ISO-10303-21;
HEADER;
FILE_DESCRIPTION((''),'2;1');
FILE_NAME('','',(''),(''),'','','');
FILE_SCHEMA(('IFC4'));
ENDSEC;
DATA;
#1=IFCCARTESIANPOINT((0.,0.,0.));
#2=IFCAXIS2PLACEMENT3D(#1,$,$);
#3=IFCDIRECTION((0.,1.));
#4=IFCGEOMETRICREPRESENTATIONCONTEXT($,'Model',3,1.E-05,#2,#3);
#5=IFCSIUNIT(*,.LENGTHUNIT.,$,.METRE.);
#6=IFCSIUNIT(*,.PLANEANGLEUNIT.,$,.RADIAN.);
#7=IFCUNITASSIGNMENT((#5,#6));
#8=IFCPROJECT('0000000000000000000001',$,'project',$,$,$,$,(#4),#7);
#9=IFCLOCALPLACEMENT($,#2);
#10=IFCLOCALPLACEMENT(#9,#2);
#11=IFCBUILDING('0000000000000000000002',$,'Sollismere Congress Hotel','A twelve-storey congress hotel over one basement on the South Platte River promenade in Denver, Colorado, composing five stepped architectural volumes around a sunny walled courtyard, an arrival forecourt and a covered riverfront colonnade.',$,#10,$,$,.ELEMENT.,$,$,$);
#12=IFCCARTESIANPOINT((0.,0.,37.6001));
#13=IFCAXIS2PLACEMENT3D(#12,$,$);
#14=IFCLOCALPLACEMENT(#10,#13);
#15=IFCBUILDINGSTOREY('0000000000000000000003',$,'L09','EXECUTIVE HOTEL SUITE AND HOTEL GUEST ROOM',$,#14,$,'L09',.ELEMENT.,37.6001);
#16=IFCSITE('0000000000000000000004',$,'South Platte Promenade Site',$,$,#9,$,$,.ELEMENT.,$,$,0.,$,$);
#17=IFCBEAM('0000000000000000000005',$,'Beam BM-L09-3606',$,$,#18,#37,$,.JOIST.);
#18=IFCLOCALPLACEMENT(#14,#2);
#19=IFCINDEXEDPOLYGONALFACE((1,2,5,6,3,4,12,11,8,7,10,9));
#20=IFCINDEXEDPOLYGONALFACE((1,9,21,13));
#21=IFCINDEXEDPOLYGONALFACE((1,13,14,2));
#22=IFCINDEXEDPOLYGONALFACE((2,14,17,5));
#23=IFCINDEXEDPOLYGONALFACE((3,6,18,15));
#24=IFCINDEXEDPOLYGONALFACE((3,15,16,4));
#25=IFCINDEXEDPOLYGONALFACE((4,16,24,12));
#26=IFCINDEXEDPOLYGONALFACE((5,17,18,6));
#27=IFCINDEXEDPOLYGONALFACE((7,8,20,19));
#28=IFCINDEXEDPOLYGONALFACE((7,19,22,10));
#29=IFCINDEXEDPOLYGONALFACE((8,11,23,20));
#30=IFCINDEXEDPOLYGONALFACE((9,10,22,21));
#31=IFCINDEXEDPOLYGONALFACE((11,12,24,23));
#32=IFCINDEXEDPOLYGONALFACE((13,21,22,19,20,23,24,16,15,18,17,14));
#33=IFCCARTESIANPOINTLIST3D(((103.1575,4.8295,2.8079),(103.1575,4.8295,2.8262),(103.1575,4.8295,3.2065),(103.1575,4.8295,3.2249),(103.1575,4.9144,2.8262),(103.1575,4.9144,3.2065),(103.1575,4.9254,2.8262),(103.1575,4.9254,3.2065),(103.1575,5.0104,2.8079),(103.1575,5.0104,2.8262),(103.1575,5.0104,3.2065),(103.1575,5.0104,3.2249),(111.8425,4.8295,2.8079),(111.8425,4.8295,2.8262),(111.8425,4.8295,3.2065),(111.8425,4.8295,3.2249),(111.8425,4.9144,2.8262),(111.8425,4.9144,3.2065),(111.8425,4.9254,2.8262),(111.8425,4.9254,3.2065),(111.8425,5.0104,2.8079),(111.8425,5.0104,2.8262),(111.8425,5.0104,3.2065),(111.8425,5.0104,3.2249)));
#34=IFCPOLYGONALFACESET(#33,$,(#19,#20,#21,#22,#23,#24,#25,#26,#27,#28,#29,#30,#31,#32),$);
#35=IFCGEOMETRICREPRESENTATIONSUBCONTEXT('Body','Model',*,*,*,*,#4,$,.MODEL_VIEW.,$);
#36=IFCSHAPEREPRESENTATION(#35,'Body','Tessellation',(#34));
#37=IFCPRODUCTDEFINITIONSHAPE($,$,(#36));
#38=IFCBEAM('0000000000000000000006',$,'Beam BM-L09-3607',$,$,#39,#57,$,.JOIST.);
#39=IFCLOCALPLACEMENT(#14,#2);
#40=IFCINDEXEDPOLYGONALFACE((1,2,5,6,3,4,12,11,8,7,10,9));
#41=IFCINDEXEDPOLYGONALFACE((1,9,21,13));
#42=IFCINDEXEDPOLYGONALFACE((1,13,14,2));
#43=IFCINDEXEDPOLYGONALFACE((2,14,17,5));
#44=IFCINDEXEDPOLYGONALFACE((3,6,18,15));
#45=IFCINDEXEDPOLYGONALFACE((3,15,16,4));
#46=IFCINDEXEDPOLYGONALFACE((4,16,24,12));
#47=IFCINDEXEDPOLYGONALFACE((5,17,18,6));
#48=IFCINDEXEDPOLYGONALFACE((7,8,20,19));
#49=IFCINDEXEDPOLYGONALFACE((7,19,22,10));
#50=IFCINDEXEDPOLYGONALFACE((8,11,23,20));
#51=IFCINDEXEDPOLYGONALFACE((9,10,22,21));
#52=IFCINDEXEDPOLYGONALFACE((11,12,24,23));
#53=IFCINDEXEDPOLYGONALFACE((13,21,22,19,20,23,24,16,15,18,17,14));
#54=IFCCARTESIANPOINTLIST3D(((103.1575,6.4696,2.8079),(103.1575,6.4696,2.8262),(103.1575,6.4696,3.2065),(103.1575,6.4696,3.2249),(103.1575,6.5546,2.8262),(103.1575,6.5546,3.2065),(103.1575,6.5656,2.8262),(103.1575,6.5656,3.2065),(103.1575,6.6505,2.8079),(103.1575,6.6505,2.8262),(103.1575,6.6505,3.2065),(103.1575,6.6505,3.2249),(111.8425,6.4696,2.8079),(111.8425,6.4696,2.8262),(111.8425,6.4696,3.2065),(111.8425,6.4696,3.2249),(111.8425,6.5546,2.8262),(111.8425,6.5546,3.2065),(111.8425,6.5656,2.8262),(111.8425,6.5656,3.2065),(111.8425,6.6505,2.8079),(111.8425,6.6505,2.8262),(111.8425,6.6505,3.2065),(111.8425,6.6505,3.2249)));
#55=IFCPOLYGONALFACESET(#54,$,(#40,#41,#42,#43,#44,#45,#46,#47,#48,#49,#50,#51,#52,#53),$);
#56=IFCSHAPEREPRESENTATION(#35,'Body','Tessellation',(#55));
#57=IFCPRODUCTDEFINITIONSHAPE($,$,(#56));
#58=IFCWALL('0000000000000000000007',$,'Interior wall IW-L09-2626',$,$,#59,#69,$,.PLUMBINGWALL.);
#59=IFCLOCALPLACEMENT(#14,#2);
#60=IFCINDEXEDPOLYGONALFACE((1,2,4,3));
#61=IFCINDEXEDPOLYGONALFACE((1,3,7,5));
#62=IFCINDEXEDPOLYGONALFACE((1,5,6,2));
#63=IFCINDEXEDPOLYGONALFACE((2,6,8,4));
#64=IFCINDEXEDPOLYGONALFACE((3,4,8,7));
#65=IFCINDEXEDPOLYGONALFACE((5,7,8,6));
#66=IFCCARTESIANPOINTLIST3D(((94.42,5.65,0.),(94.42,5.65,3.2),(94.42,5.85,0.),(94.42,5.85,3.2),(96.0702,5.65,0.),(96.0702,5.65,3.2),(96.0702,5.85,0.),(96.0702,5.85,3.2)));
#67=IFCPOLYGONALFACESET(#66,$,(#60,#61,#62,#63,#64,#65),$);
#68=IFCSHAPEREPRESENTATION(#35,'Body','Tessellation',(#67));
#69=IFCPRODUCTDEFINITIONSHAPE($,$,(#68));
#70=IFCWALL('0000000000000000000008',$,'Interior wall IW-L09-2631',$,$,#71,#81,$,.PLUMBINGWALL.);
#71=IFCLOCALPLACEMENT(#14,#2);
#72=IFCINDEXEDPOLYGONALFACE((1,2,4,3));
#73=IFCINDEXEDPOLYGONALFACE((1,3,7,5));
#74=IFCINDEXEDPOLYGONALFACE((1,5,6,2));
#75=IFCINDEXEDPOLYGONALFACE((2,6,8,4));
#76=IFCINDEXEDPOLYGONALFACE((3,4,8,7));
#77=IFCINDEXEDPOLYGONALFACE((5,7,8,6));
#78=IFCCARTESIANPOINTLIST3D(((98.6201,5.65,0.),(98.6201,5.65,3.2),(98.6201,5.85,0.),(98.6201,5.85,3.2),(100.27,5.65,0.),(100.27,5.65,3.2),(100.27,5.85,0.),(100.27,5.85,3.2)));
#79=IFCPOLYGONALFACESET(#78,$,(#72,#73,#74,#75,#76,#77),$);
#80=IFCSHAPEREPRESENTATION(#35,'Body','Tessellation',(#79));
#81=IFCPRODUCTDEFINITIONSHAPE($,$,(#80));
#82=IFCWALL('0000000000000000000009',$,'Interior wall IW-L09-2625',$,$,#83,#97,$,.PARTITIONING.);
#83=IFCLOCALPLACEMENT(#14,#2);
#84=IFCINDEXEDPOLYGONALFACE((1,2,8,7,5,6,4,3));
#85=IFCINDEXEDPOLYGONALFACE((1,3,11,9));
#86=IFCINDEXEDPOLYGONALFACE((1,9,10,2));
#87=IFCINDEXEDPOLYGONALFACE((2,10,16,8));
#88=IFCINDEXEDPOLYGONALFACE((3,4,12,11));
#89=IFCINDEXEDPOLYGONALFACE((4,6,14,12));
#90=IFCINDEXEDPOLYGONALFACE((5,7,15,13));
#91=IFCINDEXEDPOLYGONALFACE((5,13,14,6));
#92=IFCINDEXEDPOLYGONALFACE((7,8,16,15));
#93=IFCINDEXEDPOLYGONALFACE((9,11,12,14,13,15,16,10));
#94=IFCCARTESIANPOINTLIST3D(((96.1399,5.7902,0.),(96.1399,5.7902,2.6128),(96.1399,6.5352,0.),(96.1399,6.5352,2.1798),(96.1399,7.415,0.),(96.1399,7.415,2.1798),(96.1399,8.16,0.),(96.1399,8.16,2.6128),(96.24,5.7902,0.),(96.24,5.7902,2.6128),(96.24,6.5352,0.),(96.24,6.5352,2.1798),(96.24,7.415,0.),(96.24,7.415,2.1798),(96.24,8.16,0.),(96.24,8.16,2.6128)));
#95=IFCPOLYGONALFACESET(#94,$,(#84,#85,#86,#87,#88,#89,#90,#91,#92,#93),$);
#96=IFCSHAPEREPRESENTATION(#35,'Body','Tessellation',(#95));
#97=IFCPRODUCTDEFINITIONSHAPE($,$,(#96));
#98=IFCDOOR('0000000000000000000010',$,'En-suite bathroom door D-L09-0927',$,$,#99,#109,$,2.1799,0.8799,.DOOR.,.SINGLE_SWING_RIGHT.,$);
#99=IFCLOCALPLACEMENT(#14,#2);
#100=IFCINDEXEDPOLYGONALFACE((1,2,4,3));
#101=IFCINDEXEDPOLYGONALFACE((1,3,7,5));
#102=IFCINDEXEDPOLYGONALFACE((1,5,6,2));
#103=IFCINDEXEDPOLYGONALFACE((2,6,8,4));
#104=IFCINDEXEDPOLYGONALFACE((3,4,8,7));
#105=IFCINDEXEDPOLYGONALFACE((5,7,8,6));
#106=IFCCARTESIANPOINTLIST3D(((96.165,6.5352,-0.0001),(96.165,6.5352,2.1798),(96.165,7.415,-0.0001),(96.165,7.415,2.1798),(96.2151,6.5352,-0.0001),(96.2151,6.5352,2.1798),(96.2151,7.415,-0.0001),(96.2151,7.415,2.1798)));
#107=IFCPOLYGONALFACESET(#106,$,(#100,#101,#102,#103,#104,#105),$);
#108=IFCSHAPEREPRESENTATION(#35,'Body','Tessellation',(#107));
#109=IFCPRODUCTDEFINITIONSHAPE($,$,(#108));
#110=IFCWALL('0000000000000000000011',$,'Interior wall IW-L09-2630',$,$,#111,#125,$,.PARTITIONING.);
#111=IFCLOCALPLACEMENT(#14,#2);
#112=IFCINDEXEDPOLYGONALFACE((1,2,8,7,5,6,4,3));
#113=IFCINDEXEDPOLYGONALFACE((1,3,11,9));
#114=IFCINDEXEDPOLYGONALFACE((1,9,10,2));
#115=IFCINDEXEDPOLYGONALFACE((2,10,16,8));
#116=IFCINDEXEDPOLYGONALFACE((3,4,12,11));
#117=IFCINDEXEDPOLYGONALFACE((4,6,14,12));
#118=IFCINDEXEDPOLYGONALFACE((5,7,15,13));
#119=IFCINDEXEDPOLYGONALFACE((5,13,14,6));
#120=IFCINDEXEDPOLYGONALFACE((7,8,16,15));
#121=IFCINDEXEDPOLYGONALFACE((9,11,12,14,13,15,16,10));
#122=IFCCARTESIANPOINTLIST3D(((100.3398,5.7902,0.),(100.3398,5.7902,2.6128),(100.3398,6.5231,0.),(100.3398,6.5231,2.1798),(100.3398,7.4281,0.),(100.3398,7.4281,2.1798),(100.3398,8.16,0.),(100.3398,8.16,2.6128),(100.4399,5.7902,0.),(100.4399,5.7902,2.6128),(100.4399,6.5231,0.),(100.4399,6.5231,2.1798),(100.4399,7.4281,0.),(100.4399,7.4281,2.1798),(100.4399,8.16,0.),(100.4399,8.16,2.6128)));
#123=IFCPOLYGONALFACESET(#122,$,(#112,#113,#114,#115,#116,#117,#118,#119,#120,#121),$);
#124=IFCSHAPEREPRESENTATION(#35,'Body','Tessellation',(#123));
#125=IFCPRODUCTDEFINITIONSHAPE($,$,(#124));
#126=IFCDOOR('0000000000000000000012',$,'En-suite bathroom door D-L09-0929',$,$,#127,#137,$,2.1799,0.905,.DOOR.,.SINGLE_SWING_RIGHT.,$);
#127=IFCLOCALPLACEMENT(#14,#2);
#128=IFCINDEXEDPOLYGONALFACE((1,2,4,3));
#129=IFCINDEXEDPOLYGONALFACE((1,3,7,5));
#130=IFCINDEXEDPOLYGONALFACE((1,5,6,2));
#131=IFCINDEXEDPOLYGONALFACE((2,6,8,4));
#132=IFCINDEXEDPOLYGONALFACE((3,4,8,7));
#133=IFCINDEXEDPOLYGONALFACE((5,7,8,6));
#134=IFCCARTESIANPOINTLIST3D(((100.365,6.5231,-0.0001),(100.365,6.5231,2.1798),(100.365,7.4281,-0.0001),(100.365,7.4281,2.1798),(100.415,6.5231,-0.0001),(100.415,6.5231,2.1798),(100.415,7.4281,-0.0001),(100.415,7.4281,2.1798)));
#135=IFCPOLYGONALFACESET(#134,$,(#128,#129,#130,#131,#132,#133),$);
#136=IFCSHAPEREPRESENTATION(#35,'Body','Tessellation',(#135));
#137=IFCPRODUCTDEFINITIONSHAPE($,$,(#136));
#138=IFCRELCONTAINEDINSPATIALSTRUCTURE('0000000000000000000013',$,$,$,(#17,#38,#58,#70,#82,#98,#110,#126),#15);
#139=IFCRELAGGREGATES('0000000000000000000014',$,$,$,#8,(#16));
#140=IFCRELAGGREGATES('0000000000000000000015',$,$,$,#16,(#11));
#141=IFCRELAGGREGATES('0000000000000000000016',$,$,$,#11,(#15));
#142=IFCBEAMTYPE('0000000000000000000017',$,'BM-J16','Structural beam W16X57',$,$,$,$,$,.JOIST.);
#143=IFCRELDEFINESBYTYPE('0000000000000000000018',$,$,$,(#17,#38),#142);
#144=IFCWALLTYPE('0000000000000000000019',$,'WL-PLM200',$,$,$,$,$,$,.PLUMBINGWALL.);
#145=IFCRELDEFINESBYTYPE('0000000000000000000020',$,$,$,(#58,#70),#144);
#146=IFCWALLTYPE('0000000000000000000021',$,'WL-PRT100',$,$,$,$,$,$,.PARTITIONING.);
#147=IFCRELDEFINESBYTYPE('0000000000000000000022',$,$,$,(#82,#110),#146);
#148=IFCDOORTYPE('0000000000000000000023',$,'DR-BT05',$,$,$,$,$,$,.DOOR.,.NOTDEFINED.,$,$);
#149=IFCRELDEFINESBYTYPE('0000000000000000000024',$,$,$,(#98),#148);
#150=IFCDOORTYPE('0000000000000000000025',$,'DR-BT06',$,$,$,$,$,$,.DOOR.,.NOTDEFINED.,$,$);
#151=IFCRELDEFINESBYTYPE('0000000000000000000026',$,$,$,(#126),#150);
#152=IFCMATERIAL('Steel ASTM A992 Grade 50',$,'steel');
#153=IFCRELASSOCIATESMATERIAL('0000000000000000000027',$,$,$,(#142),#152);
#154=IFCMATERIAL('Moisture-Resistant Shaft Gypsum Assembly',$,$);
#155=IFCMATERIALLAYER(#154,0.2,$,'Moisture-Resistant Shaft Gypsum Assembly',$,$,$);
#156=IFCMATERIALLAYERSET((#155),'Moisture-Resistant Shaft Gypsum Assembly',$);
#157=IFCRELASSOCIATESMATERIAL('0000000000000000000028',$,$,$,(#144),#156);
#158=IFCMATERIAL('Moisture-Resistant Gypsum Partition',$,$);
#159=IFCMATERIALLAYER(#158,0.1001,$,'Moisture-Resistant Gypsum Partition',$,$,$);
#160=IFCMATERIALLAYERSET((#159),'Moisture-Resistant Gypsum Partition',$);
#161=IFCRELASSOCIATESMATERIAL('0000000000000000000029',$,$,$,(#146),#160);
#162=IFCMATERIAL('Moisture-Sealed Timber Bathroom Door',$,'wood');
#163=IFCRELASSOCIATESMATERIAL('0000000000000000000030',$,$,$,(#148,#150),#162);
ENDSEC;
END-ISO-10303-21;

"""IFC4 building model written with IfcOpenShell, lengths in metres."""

from ifc_helpers import new_model, si_unit, direction, frame, frame_2d, origin, origin_2d, place, context, subcontext, project, spatial, rectangle, i_section, extrude, material, layer, layer_set, material_profile, profile_set, type_object, element, fill, save


model = new_model("IFC4")

# Units and contexts
model_context = context("Model", 3, precision=1e-05, world=origin(), true_north=direction((0.0, 1.0)))
body_context = subcontext(model_context, "Body", "Model", "MODEL_VIEW")
ifc_project = project(units=[si_unit("LENGTHUNIT", "METRE"), si_unit("PLANEANGLEUNIT", "RADIAN")], contexts=[model_context])

# Site, building, storey
site_placement = place(None, origin())
site = spatial("IfcSite", under=ifc_project, at=site_placement, Name="South Platte Promenade Site", CompositionType="ELEMENT", RefElevation=0.0)
building_placement = place(site_placement, origin())
building = spatial("IfcBuilding", under=site, at=building_placement, Name="Sollismere Congress Hotel", Description="A twelve-storey congress hotel over one basement on the South Platte River promenade in Denver, Colorado, composing five stepped architectural volumes around a sunny walled courtyard, an arrival forecourt and a covered riverfront colonnade.", CompositionType="ELEMENT")
storey_placement = place(building_placement, frame((0.0, 0.0, 37.6001)))
storey = spatial("IfcBuildingStorey", under=building, at=storey_placement, Name="L09", Description="EXECUTIVE HOTEL SUITE AND HOTEL GUEST ROOM", LongName="L09", CompositionType="ELEMENT", Elevation=37.6001)

# Shared definitions
ifc_material_1 = material(Name="Steel ASTM A992 Grade 50", Category="steel")

# Beams
ifc_material_profile_1 = material_profile(ifc_material_1, i_section(OverallWidth=0.1809, OverallDepth=0.417, WebThickness=0.011, FlangeThickness=0.0183, at=origin_2d()), Name="W16X57")
ifc_profile_set_1 = profile_set([ifc_material_profile_1], Name="Steel ASTM A992 Grade 50")
beam_type_1 = type_object("IfcBeamType", Name="BM-J16", Description="Structural beam W16X57", PredefinedType="JOIST", material=ifc_profile_set_1)
for number, where, z_axis, x_axis, name in (
    (1, (103.1575, 4.9199, 3.0164), (1.0, 0.0, 0.0), (0.0, 1.0, 0.0), "Beam BM-L09-3606"),
    (2, (103.1575, 6.5601, 3.0164), (1.0, 0.0, 0.0), (0.0, 1.0, 0.0), "Beam BM-L09-3607"),
):
    element("IfcBeam", number, at=place(storey_placement, frame(where, z_axis=z_axis, x_axis=x_axis)), inside=storey, type_object=beam_type_1, Name=name, PredefinedType="JOIST", context=body_context, shape_type="SweptSolid", body=[
        extrude(i_section(OverallWidth=0.1809, OverallDepth=0.417, WebThickness=0.011, FlangeThickness=0.0183, at=origin_2d()), origin(), (0.0, 0.0, 1.0), 8.6851),
    ])

# Walls
ifc_material_2 = material(Name="Moisture-Resistant Shaft Gypsum Assembly")
ifc_layer_1 = layer(ifc_material_2, 0.2, Name="Moisture-Resistant Shaft Gypsum Assembly")
ifc_layer_set_1 = layer_set([ifc_layer_1], Name="Moisture-Resistant Shaft Gypsum Assembly")
wall_type_1 = type_object("IfcWallType", Name="WL-PLM200", PredefinedType="PLUMBINGWALL", material=ifc_layer_set_1)
wall_1_placement = place(storey_placement, frame((94.4199, 5.75, 0.0), z_axis=(0.0, 0.0, 1.0), x_axis=(1.0, 0.0, 0.0)))
element("IfcWall", 3, at=wall_1_placement, inside=storey, type_object=wall_type_1, Name="Interior wall IW-L09-2626", PredefinedType="PLUMBINGWALL", context=body_context, shape_type="SweptSolid", body=[
    extrude(rectangle(XDim=1.6501, YDim=0.2, at=frame_2d((0.8252, 0.0))), origin(), (0.0, 0.0, 1.0), 3.2),
])
wall_2_placement = place(storey_placement, frame((98.6201, 5.75, 0.0), z_axis=(0.0, 0.0, 1.0), x_axis=(1.0, 0.0, 0.0)))
element("IfcWall", 4, at=wall_2_placement, inside=storey, type_object=wall_type_1, Name="Interior wall IW-L09-2631", PredefinedType="PLUMBINGWALL", context=body_context, shape_type="SweptSolid", body=[
    extrude(rectangle(XDim=1.6499, YDim=0.2, at=frame_2d((0.825, 0.0))), origin(), (0.0, 0.0, 1.0), 3.2),
])

# Walls, openings, doors
ifc_material_3 = material(Name="Moisture-Resistant Gypsum Partition")
ifc_layer_2 = layer(ifc_material_3, 0.1001, Name="Moisture-Resistant Gypsum Partition")
ifc_layer_set_2 = layer_set([ifc_layer_2], Name="Moisture-Resistant Gypsum Partition")
wall_type_2 = type_object("IfcWallType", Name="WL-PRT100", PredefinedType="PARTITIONING", material=ifc_layer_set_2)
wall_3_placement = place(storey_placement, frame((96.1899, 5.79, 0.0), z_axis=(0.0, 0.0, 1.0), x_axis=(0.0, 1.0, 0.0)))
wall_3 = element("IfcWall", 5, at=wall_3_placement, inside=storey, type_object=wall_type_2, Name="Interior wall IW-L09-2625", PredefinedType="PARTITIONING", context=body_context, shape_type="SweptSolid", body=[
    extrude(rectangle(XDim=2.3699, YDim=0.1001, at=frame_2d((1.1851, 0.0))), origin(), (0.0, 0.0, 1.0), 2.6128),
])
opening_1_placement = place(wall_3_placement, frame((0.7451, 0.0, 0.0)))
opening_1 = element("IfcOpeningElement", 6, at=opening_1_placement, cuts=wall_3, PredefinedType="OPENING", context=body_context, shape_type="SweptSolid", body=[
    extrude(rectangle(XDim=0.8799, YDim=2.1799, at=frame_2d((0.4399, 1.0898))), frame((0.0, 0.0601, 0.0), z_axis=(0.0, -1.0, 0.0), x_axis=(1.0, 0.0, 0.0)), (0.0, 0.0, 1.0), 0.1201),
])
ifc_material_4 = material(Name="Moisture-Sealed Timber Bathroom Door", Category="wood")
door_type_1 = type_object("IfcDoorType", Name="DR-BT05", OperationType="NOTDEFINED", PredefinedType="DOOR", material=ifc_material_4)
door_1_placement = place(opening_1_placement, origin())
door_1 = element("IfcDoor", 7, at=door_1_placement, inside=storey, type_object=door_type_1, Name="En-suite bathroom door D-L09-0927", OperationType="SINGLE_SWING_RIGHT", OverallHeight=2.1799, OverallWidth=0.8799, PredefinedType="DOOR", context=body_context, shape_type="SweptSolid", body=[
    extrude(rectangle(XDim=0.8799, YDim=2.1799, at=frame_2d((0.4399, 1.0898))), frame((0.0, 0.0249, 0.0), z_axis=(0.0, -1.0, 0.0), x_axis=(1.0, 0.0, 0.0)), (0.0, 0.0, 1.0), 0.05),
])
fill(opening_1, door_1)
wall_4_placement = place(storey_placement, frame((100.3899, 5.79, 0.0), z_axis=(0.0, 0.0, 1.0), x_axis=(0.0, 1.0, 0.0)))
wall_4 = element("IfcWall", 8, at=wall_4_placement, inside=storey, type_object=wall_type_2, Name="Interior wall IW-L09-2630", PredefinedType="PARTITIONING", context=body_context, shape_type="SweptSolid", body=[
    extrude(rectangle(XDim=2.3699, YDim=0.1001, at=frame_2d((1.1851, 0.0))), origin(), (0.0, 0.0, 1.0), 2.6128),
])
opening_2_placement = place(wall_4_placement, frame((0.7329, 0.0, 0.0)))
opening_2 = element("IfcOpeningElement", 9, at=opening_2_placement, cuts=wall_4, PredefinedType="OPENING", context=body_context, shape_type="SweptSolid", body=[
    extrude(rectangle(XDim=0.905, YDim=2.1799, at=frame_2d((0.4526, 1.0898))), frame((0.0, 0.0601, 0.0), z_axis=(0.0, -1.0, 0.0), x_axis=(1.0, 0.0, 0.0)), (0.0, 0.0, 1.0), 0.1201),
])
door_type_2 = type_object("IfcDoorType", Name="DR-BT06", OperationType="NOTDEFINED", PredefinedType="DOOR", material=ifc_material_4)
door_2_placement = place(opening_2_placement, origin())
door_2 = element("IfcDoor", 10, at=door_2_placement, inside=storey, type_object=door_type_2, Name="En-suite bathroom door D-L09-0929", OperationType="SINGLE_SWING_RIGHT", OverallHeight=2.1799, OverallWidth=0.905, PredefinedType="DOOR", context=body_context, shape_type="SweptSolid", body=[
    extrude(rectangle(XDim=0.905, YDim=2.1799, at=frame_2d((0.4526, 1.0898))), frame((0.0, 0.0249, 0.0), z_axis=(0.0, -1.0, 0.0), x_axis=(1.0, 0.0, 0.0)), (0.0, 0.0, 1.0), 0.05),
])
fill(opening_2, door_2)

save(model, "model.ifc")
